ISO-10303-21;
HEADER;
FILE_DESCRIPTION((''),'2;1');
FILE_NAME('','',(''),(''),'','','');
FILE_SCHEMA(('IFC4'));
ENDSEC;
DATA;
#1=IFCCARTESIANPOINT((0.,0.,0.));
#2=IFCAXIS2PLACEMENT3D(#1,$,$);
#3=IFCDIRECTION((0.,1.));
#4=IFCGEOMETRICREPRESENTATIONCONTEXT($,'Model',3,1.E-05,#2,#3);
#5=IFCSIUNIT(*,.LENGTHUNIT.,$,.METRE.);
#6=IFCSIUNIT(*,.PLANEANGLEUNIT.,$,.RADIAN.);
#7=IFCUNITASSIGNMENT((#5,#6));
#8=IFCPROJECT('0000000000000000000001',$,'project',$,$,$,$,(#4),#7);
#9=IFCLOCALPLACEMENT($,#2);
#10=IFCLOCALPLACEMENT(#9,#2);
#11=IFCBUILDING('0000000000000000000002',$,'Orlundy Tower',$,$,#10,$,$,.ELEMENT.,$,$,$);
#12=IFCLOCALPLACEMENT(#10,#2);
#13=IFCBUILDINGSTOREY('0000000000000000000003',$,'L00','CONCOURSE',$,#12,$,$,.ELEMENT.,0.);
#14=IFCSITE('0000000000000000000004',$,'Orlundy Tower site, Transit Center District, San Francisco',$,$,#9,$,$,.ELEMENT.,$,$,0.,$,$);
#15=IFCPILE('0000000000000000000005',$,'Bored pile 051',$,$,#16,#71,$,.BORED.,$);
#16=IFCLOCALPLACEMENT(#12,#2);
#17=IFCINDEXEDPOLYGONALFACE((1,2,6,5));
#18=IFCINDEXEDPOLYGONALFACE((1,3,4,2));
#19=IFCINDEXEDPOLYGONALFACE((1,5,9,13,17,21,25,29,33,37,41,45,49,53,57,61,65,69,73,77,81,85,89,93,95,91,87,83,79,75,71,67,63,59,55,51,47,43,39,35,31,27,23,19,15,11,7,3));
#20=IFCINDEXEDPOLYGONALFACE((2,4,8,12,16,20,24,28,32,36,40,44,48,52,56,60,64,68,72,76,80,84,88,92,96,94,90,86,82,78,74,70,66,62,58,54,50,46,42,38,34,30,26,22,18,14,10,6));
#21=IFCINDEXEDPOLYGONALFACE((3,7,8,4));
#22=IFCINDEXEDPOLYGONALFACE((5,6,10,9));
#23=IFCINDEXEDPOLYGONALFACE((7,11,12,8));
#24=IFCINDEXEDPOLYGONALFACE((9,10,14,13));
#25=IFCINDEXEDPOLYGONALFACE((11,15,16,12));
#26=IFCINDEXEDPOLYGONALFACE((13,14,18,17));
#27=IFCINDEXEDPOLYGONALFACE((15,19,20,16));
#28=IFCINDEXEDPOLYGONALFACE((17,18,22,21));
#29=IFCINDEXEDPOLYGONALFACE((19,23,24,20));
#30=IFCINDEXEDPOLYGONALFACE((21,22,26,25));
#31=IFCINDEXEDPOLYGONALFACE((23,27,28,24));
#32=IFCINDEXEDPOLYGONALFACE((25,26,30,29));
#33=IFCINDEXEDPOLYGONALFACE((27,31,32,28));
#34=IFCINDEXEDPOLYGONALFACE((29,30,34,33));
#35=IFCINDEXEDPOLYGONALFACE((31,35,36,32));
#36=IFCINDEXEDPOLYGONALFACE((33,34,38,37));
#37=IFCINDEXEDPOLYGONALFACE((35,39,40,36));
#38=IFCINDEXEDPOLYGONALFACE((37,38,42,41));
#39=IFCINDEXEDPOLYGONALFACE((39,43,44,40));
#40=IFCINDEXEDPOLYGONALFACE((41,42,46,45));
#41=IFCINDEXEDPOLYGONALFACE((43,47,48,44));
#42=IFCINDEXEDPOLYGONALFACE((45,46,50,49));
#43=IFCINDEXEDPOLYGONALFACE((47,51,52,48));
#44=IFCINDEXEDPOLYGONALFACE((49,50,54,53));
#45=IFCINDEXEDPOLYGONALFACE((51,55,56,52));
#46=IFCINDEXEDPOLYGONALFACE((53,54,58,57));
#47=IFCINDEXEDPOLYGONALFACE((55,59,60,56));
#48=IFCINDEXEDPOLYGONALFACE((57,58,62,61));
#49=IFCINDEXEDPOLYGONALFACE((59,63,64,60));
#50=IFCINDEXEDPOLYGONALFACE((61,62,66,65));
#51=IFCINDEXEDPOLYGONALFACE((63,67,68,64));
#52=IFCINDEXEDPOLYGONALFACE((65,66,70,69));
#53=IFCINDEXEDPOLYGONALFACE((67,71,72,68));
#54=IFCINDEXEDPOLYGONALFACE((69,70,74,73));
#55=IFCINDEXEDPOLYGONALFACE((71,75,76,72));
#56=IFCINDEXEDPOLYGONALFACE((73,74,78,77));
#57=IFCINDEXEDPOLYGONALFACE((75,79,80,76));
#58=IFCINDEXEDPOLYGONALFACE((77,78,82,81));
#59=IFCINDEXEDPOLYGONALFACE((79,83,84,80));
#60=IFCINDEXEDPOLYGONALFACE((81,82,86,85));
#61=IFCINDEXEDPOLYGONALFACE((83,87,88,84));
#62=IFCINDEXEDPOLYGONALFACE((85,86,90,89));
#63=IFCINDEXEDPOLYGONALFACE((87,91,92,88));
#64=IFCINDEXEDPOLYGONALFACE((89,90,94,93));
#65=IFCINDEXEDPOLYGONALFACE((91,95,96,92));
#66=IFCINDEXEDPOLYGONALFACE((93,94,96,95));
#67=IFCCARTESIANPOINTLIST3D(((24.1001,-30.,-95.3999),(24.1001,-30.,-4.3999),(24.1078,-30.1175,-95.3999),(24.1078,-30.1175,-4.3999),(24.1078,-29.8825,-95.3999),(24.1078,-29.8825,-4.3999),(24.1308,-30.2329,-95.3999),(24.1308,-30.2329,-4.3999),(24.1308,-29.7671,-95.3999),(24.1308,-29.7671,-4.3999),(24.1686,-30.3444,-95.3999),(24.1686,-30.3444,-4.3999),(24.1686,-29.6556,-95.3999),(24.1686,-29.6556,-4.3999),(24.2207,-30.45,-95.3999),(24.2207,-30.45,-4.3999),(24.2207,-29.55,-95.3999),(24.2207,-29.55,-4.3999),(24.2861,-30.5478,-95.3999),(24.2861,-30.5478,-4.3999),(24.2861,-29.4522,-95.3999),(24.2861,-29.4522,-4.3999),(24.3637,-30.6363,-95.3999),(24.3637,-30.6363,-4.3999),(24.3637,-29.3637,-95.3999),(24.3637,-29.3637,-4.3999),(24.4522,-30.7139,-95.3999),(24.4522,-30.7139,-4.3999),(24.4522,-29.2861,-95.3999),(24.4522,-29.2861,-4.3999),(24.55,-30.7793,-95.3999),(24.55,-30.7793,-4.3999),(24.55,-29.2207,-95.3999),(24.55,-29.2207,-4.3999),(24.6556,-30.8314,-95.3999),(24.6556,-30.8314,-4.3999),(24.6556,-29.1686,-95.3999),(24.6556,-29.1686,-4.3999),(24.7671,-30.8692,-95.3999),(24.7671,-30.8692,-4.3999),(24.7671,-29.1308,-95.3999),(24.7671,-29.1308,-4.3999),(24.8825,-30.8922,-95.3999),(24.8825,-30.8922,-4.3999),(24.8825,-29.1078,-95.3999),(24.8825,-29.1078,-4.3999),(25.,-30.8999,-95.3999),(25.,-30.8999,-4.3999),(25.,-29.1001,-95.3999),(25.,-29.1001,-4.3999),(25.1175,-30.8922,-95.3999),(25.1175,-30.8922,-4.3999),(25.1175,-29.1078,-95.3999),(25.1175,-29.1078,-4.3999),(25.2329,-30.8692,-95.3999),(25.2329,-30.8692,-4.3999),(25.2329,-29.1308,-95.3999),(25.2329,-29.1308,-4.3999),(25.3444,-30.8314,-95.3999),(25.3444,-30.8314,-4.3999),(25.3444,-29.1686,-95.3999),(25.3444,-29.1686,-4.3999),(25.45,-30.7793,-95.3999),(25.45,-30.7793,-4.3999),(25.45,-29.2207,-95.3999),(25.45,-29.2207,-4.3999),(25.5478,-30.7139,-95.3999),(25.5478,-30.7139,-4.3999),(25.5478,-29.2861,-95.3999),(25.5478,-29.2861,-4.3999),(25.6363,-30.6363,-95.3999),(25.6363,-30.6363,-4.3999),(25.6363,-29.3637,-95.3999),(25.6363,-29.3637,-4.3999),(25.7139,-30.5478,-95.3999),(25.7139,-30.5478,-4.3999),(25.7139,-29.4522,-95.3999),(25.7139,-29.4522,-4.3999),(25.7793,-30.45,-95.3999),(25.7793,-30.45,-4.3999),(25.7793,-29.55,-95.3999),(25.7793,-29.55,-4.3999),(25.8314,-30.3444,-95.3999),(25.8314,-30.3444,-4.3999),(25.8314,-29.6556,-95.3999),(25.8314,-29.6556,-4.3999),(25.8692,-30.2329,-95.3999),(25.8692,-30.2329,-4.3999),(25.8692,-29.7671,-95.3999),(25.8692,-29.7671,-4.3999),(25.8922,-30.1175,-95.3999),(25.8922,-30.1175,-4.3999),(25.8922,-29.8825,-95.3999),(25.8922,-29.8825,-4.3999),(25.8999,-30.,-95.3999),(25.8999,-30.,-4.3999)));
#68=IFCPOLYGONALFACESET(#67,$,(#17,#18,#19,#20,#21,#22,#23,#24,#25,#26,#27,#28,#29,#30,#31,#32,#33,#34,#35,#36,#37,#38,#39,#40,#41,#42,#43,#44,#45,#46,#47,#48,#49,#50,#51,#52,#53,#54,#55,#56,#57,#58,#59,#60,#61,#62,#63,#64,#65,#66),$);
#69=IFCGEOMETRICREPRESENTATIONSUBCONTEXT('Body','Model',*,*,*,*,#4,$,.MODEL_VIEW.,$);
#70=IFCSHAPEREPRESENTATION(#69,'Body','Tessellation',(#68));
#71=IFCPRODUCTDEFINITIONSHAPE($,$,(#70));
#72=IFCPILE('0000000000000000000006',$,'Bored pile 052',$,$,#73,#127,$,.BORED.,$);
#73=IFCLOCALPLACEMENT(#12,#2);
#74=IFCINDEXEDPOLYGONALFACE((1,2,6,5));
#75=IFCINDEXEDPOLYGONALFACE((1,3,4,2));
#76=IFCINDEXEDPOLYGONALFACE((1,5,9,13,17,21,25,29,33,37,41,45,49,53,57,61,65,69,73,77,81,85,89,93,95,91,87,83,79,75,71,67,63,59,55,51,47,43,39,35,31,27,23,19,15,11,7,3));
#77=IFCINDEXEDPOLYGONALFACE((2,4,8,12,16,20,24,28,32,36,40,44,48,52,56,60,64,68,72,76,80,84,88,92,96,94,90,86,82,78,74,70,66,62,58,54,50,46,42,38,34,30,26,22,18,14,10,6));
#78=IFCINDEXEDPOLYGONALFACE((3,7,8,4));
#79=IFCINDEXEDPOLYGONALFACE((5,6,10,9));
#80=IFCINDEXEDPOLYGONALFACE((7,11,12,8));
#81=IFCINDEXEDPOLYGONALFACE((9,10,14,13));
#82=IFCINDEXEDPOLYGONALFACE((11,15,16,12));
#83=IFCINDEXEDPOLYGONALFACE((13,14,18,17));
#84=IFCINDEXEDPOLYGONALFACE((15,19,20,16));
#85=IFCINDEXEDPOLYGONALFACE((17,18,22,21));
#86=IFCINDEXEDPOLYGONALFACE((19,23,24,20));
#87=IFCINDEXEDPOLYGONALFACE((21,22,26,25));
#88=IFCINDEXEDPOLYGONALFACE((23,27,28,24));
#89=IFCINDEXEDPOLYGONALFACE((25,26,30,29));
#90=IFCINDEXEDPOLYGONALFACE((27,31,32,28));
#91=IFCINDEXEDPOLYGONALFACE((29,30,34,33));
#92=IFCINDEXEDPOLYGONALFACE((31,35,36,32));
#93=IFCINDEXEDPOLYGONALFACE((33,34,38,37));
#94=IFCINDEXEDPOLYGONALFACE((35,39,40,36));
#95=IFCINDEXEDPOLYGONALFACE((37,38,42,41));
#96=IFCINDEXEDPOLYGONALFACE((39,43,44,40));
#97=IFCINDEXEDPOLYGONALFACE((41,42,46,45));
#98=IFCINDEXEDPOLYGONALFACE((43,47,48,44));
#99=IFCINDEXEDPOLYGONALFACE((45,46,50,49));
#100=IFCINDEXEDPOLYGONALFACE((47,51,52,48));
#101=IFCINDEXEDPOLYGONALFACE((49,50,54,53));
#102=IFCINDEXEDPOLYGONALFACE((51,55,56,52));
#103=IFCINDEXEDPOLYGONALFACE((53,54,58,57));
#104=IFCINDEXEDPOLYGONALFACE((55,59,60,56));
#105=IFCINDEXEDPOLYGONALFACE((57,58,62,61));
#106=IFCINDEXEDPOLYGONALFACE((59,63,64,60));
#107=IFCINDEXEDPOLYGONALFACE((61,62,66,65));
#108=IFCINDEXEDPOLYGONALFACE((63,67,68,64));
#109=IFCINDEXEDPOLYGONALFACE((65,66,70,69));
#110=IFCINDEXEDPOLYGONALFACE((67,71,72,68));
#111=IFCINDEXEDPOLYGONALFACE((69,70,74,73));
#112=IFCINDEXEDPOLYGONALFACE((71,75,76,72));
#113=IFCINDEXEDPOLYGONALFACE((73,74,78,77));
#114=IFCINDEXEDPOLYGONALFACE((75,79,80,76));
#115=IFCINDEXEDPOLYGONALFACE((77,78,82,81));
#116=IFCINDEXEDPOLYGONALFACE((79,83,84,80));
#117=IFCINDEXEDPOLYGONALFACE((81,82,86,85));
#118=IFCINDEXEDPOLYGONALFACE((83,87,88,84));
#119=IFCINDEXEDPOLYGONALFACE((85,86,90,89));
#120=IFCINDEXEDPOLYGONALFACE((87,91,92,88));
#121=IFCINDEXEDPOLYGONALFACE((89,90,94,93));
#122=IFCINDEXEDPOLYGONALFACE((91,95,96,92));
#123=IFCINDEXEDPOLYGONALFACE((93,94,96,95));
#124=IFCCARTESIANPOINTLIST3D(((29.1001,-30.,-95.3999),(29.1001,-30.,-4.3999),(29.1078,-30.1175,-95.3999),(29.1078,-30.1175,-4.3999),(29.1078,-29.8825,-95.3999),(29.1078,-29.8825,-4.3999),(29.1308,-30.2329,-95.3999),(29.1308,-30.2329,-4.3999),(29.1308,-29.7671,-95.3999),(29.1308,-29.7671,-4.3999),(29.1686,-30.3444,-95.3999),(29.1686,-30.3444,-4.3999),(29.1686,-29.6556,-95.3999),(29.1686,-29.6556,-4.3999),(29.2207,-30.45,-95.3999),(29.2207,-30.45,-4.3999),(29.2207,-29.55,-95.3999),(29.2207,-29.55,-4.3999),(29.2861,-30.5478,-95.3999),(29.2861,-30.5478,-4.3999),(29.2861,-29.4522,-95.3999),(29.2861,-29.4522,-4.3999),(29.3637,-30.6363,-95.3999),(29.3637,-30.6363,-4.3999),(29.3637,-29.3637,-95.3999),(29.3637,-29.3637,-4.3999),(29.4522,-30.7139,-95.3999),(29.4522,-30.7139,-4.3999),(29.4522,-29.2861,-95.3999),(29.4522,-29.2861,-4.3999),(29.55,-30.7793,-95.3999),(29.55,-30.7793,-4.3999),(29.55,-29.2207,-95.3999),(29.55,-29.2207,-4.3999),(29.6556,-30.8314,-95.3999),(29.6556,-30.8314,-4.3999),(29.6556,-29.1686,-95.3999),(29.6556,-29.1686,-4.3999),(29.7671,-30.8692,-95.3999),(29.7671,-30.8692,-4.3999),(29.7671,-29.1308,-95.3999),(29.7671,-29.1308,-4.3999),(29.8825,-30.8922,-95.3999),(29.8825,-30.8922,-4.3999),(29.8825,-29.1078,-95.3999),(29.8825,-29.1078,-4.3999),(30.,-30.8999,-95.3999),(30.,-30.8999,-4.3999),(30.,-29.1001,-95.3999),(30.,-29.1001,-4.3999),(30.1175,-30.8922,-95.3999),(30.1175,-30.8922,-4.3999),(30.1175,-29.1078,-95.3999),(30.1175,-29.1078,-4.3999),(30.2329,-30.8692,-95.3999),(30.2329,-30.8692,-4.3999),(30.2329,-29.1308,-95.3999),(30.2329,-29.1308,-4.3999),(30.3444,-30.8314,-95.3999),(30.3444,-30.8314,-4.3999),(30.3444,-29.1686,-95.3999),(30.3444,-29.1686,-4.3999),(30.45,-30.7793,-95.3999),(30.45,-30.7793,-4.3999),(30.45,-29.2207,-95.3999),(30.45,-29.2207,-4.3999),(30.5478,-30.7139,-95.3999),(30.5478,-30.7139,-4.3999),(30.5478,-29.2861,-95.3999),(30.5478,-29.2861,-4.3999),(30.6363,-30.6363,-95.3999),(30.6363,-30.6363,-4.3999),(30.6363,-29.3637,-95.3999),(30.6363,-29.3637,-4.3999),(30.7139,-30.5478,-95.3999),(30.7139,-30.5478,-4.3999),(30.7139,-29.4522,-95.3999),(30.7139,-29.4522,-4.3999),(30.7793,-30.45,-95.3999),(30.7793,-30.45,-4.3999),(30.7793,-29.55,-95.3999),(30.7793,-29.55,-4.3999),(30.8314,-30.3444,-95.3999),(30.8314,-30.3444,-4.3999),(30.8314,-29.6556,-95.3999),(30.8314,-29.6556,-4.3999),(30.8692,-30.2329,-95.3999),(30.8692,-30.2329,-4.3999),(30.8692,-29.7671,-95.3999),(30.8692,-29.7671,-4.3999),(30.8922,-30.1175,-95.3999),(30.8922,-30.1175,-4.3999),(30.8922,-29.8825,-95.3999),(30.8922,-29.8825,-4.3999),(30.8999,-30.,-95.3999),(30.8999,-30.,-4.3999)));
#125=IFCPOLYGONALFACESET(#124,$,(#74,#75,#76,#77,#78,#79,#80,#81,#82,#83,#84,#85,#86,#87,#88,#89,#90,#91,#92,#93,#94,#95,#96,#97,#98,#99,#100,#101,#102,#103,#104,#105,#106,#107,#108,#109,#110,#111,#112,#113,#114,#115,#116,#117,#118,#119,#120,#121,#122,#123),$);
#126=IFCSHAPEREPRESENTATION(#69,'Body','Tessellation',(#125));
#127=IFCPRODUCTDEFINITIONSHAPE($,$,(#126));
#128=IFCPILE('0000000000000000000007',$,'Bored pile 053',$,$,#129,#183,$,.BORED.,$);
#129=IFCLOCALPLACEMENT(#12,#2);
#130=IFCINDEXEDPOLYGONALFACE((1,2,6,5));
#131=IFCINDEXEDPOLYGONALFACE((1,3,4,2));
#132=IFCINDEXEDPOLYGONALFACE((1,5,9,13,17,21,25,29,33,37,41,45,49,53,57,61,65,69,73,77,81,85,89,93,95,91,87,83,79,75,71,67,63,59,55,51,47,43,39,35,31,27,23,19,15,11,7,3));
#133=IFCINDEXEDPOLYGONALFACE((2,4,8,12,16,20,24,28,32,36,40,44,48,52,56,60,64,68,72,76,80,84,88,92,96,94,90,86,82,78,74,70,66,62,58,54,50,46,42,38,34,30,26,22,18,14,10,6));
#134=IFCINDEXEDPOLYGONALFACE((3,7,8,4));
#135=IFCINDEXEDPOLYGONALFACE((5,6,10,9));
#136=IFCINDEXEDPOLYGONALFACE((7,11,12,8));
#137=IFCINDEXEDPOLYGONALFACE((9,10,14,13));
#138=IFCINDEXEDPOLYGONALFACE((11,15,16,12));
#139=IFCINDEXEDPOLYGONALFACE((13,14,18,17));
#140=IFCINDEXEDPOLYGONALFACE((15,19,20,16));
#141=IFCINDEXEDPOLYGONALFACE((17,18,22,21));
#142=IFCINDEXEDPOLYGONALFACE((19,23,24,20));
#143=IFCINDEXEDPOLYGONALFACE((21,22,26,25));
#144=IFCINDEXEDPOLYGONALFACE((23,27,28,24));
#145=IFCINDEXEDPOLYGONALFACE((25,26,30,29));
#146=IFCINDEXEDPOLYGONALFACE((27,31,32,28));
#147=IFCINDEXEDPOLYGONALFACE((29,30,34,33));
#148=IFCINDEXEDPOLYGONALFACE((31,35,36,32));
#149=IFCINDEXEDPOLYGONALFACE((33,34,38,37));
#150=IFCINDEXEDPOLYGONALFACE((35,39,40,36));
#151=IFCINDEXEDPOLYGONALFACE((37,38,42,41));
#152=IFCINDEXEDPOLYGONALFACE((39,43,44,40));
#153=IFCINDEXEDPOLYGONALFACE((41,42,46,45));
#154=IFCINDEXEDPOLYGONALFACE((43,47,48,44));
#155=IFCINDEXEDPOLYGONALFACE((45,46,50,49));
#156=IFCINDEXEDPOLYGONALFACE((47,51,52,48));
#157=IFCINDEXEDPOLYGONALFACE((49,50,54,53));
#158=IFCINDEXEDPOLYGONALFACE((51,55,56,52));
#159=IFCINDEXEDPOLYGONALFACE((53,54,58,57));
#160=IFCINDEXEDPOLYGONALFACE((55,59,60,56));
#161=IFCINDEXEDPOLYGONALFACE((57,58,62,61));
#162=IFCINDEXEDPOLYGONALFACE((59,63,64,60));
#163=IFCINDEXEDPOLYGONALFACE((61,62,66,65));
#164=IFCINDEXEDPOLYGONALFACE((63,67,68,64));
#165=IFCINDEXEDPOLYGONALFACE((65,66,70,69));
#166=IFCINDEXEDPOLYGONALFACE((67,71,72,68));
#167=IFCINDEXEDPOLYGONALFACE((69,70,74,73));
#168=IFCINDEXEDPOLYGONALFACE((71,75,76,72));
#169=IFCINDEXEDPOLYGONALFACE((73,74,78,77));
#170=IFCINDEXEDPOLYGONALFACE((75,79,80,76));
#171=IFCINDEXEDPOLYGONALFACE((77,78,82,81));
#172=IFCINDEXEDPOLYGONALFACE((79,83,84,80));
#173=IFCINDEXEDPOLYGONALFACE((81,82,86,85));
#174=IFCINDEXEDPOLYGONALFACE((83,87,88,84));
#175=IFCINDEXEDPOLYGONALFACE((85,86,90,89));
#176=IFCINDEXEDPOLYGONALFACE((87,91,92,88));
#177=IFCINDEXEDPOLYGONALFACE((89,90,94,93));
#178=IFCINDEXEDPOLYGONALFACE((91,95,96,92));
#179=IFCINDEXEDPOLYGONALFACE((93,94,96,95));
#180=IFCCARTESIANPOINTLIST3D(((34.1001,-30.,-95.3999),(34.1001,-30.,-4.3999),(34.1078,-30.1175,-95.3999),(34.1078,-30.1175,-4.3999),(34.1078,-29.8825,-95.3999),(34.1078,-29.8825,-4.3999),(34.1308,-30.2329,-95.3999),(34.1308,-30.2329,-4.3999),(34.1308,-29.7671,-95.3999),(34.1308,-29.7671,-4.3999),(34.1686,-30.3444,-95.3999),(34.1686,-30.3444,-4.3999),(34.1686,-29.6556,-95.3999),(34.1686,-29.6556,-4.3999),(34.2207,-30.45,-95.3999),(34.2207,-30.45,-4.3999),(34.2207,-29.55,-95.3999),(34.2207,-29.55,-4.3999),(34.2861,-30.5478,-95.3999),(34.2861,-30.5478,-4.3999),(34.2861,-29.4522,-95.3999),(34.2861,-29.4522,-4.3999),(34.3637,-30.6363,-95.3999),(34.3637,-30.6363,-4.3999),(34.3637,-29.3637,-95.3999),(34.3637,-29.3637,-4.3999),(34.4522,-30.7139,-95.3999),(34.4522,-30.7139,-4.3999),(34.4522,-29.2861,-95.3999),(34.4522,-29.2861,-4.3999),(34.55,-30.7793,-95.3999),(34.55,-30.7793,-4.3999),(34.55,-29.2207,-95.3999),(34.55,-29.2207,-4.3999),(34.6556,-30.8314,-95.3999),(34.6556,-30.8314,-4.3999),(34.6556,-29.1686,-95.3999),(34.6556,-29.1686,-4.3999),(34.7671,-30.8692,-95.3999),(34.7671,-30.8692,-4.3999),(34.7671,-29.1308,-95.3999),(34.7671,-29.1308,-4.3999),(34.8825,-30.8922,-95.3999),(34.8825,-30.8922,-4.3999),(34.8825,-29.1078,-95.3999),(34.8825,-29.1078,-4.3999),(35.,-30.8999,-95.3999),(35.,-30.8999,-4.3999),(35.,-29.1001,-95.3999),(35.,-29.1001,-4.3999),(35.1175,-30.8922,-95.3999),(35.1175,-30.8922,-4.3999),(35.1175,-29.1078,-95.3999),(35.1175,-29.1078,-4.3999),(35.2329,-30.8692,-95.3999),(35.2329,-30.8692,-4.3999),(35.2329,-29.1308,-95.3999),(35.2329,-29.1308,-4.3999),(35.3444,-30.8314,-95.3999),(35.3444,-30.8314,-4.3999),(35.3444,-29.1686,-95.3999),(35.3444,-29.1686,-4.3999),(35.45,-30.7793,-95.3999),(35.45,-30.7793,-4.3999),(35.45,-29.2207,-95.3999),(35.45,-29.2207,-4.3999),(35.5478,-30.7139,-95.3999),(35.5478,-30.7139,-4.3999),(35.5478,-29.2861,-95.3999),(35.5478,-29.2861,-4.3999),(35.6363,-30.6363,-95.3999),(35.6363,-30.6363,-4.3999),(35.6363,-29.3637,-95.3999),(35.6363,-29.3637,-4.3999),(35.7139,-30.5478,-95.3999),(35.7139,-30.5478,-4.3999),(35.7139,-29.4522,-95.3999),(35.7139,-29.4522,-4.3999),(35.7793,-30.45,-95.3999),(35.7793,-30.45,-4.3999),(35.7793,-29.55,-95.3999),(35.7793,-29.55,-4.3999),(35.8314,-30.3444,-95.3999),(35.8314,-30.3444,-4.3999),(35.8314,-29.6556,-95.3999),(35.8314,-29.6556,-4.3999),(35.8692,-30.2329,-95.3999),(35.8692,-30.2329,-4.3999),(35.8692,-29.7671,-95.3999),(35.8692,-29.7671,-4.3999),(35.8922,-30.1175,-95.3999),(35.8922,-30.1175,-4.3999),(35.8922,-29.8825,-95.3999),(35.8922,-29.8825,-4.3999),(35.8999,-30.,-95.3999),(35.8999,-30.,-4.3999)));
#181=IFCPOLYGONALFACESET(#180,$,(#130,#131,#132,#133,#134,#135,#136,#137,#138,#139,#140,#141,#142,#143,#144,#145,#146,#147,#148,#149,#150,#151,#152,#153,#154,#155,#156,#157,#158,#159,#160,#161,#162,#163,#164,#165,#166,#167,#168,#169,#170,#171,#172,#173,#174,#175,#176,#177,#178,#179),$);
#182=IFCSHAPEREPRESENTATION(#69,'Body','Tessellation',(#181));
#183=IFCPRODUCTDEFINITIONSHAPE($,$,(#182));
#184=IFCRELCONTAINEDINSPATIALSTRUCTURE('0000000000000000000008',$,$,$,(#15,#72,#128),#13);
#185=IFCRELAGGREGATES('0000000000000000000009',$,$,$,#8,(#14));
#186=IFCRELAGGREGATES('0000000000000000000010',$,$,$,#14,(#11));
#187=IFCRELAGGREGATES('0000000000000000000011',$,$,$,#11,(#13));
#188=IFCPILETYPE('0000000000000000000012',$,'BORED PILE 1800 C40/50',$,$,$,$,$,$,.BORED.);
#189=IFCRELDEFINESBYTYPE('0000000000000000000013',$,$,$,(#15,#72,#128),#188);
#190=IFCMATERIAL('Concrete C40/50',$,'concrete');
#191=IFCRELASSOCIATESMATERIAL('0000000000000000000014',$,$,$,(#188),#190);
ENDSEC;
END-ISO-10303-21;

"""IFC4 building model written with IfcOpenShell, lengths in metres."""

from ifc_helpers import new_model, si_unit, direction, frame, origin, origin_2d, place, context, subcontext, project, spatial, circle, extrude, material, material_profile, profile_set, type_object, element, save


model = new_model("IFC4")

# Units and contexts
model_context = context("Model", 3, precision=1e-05, world=origin(), true_north=direction((0.0, 1.0)))
body_context = subcontext(model_context, "Body", "Model", "MODEL_VIEW")
ifc_project = project(units=[si_unit("LENGTHUNIT", "METRE"), si_unit("PLANEANGLEUNIT", "RADIAN")], contexts=[model_context])

# Site, building, storey
site_placement = place(None, origin())
site = spatial("IfcSite", under=ifc_project, at=site_placement, Name="Orlundy Tower site, Transit Center District, San Francisco", CompositionType="ELEMENT", RefElevation=0.0)
building_placement = place(site_placement, origin())
building = spatial("IfcBuilding", under=site, at=building_placement, Name="Orlundy Tower", CompositionType="ELEMENT")
storey_placement = place(building_placement, origin())
storey = spatial("IfcBuildingStorey", under=building, at=storey_placement, Name="L00", Description="CONCOURSE", CompositionType="ELEMENT", Elevation=0.0)

# Piles
ifc_material_1 = material(Name="Concrete C40/50", Category="concrete")
ifc_material_profile_1 = material_profile(ifc_material_1, circle(Radius=0.8999, at=origin_2d()), Name="BP1800")
ifc_profile_set_1 = profile_set([ifc_material_profile_1], Name="Concrete C40/50")
pile_type = type_object("IfcPileType", Name="BORED PILE 1800 C40/50", PredefinedType="BORED", material=ifc_profile_set_1)
for number, where, z_axis, x_axis, name in (
    (1, (25.0, -30.0, -4.3999), (0.0, 0.0, -1.0), (1.0, 0.0, 0.0), "Bored pile 051"),
    (2, (30.0, -30.0, -4.3999), (0.0, 0.0, -1.0), (1.0, 0.0, 0.0), "Bored pile 052"),
    (3, (35.0, -30.0, -4.3999), (0.0, 0.0, -1.0), (1.0, 0.0, 0.0), "Bored pile 053"),
):
    element("IfcPile", number, at=place(storey_placement, frame(where, z_axis=z_axis, x_axis=x_axis)), inside=storey, type_object=pile_type, Name=name, PredefinedType="BORED", context=body_context, shape_type="SweptSolid", body=[
        extrude(circle(Radius=0.8999, at=origin_2d()), origin(), (0.0, 0.0, 1.0), 91.0),
    ])

save(model, "model.ifc")
